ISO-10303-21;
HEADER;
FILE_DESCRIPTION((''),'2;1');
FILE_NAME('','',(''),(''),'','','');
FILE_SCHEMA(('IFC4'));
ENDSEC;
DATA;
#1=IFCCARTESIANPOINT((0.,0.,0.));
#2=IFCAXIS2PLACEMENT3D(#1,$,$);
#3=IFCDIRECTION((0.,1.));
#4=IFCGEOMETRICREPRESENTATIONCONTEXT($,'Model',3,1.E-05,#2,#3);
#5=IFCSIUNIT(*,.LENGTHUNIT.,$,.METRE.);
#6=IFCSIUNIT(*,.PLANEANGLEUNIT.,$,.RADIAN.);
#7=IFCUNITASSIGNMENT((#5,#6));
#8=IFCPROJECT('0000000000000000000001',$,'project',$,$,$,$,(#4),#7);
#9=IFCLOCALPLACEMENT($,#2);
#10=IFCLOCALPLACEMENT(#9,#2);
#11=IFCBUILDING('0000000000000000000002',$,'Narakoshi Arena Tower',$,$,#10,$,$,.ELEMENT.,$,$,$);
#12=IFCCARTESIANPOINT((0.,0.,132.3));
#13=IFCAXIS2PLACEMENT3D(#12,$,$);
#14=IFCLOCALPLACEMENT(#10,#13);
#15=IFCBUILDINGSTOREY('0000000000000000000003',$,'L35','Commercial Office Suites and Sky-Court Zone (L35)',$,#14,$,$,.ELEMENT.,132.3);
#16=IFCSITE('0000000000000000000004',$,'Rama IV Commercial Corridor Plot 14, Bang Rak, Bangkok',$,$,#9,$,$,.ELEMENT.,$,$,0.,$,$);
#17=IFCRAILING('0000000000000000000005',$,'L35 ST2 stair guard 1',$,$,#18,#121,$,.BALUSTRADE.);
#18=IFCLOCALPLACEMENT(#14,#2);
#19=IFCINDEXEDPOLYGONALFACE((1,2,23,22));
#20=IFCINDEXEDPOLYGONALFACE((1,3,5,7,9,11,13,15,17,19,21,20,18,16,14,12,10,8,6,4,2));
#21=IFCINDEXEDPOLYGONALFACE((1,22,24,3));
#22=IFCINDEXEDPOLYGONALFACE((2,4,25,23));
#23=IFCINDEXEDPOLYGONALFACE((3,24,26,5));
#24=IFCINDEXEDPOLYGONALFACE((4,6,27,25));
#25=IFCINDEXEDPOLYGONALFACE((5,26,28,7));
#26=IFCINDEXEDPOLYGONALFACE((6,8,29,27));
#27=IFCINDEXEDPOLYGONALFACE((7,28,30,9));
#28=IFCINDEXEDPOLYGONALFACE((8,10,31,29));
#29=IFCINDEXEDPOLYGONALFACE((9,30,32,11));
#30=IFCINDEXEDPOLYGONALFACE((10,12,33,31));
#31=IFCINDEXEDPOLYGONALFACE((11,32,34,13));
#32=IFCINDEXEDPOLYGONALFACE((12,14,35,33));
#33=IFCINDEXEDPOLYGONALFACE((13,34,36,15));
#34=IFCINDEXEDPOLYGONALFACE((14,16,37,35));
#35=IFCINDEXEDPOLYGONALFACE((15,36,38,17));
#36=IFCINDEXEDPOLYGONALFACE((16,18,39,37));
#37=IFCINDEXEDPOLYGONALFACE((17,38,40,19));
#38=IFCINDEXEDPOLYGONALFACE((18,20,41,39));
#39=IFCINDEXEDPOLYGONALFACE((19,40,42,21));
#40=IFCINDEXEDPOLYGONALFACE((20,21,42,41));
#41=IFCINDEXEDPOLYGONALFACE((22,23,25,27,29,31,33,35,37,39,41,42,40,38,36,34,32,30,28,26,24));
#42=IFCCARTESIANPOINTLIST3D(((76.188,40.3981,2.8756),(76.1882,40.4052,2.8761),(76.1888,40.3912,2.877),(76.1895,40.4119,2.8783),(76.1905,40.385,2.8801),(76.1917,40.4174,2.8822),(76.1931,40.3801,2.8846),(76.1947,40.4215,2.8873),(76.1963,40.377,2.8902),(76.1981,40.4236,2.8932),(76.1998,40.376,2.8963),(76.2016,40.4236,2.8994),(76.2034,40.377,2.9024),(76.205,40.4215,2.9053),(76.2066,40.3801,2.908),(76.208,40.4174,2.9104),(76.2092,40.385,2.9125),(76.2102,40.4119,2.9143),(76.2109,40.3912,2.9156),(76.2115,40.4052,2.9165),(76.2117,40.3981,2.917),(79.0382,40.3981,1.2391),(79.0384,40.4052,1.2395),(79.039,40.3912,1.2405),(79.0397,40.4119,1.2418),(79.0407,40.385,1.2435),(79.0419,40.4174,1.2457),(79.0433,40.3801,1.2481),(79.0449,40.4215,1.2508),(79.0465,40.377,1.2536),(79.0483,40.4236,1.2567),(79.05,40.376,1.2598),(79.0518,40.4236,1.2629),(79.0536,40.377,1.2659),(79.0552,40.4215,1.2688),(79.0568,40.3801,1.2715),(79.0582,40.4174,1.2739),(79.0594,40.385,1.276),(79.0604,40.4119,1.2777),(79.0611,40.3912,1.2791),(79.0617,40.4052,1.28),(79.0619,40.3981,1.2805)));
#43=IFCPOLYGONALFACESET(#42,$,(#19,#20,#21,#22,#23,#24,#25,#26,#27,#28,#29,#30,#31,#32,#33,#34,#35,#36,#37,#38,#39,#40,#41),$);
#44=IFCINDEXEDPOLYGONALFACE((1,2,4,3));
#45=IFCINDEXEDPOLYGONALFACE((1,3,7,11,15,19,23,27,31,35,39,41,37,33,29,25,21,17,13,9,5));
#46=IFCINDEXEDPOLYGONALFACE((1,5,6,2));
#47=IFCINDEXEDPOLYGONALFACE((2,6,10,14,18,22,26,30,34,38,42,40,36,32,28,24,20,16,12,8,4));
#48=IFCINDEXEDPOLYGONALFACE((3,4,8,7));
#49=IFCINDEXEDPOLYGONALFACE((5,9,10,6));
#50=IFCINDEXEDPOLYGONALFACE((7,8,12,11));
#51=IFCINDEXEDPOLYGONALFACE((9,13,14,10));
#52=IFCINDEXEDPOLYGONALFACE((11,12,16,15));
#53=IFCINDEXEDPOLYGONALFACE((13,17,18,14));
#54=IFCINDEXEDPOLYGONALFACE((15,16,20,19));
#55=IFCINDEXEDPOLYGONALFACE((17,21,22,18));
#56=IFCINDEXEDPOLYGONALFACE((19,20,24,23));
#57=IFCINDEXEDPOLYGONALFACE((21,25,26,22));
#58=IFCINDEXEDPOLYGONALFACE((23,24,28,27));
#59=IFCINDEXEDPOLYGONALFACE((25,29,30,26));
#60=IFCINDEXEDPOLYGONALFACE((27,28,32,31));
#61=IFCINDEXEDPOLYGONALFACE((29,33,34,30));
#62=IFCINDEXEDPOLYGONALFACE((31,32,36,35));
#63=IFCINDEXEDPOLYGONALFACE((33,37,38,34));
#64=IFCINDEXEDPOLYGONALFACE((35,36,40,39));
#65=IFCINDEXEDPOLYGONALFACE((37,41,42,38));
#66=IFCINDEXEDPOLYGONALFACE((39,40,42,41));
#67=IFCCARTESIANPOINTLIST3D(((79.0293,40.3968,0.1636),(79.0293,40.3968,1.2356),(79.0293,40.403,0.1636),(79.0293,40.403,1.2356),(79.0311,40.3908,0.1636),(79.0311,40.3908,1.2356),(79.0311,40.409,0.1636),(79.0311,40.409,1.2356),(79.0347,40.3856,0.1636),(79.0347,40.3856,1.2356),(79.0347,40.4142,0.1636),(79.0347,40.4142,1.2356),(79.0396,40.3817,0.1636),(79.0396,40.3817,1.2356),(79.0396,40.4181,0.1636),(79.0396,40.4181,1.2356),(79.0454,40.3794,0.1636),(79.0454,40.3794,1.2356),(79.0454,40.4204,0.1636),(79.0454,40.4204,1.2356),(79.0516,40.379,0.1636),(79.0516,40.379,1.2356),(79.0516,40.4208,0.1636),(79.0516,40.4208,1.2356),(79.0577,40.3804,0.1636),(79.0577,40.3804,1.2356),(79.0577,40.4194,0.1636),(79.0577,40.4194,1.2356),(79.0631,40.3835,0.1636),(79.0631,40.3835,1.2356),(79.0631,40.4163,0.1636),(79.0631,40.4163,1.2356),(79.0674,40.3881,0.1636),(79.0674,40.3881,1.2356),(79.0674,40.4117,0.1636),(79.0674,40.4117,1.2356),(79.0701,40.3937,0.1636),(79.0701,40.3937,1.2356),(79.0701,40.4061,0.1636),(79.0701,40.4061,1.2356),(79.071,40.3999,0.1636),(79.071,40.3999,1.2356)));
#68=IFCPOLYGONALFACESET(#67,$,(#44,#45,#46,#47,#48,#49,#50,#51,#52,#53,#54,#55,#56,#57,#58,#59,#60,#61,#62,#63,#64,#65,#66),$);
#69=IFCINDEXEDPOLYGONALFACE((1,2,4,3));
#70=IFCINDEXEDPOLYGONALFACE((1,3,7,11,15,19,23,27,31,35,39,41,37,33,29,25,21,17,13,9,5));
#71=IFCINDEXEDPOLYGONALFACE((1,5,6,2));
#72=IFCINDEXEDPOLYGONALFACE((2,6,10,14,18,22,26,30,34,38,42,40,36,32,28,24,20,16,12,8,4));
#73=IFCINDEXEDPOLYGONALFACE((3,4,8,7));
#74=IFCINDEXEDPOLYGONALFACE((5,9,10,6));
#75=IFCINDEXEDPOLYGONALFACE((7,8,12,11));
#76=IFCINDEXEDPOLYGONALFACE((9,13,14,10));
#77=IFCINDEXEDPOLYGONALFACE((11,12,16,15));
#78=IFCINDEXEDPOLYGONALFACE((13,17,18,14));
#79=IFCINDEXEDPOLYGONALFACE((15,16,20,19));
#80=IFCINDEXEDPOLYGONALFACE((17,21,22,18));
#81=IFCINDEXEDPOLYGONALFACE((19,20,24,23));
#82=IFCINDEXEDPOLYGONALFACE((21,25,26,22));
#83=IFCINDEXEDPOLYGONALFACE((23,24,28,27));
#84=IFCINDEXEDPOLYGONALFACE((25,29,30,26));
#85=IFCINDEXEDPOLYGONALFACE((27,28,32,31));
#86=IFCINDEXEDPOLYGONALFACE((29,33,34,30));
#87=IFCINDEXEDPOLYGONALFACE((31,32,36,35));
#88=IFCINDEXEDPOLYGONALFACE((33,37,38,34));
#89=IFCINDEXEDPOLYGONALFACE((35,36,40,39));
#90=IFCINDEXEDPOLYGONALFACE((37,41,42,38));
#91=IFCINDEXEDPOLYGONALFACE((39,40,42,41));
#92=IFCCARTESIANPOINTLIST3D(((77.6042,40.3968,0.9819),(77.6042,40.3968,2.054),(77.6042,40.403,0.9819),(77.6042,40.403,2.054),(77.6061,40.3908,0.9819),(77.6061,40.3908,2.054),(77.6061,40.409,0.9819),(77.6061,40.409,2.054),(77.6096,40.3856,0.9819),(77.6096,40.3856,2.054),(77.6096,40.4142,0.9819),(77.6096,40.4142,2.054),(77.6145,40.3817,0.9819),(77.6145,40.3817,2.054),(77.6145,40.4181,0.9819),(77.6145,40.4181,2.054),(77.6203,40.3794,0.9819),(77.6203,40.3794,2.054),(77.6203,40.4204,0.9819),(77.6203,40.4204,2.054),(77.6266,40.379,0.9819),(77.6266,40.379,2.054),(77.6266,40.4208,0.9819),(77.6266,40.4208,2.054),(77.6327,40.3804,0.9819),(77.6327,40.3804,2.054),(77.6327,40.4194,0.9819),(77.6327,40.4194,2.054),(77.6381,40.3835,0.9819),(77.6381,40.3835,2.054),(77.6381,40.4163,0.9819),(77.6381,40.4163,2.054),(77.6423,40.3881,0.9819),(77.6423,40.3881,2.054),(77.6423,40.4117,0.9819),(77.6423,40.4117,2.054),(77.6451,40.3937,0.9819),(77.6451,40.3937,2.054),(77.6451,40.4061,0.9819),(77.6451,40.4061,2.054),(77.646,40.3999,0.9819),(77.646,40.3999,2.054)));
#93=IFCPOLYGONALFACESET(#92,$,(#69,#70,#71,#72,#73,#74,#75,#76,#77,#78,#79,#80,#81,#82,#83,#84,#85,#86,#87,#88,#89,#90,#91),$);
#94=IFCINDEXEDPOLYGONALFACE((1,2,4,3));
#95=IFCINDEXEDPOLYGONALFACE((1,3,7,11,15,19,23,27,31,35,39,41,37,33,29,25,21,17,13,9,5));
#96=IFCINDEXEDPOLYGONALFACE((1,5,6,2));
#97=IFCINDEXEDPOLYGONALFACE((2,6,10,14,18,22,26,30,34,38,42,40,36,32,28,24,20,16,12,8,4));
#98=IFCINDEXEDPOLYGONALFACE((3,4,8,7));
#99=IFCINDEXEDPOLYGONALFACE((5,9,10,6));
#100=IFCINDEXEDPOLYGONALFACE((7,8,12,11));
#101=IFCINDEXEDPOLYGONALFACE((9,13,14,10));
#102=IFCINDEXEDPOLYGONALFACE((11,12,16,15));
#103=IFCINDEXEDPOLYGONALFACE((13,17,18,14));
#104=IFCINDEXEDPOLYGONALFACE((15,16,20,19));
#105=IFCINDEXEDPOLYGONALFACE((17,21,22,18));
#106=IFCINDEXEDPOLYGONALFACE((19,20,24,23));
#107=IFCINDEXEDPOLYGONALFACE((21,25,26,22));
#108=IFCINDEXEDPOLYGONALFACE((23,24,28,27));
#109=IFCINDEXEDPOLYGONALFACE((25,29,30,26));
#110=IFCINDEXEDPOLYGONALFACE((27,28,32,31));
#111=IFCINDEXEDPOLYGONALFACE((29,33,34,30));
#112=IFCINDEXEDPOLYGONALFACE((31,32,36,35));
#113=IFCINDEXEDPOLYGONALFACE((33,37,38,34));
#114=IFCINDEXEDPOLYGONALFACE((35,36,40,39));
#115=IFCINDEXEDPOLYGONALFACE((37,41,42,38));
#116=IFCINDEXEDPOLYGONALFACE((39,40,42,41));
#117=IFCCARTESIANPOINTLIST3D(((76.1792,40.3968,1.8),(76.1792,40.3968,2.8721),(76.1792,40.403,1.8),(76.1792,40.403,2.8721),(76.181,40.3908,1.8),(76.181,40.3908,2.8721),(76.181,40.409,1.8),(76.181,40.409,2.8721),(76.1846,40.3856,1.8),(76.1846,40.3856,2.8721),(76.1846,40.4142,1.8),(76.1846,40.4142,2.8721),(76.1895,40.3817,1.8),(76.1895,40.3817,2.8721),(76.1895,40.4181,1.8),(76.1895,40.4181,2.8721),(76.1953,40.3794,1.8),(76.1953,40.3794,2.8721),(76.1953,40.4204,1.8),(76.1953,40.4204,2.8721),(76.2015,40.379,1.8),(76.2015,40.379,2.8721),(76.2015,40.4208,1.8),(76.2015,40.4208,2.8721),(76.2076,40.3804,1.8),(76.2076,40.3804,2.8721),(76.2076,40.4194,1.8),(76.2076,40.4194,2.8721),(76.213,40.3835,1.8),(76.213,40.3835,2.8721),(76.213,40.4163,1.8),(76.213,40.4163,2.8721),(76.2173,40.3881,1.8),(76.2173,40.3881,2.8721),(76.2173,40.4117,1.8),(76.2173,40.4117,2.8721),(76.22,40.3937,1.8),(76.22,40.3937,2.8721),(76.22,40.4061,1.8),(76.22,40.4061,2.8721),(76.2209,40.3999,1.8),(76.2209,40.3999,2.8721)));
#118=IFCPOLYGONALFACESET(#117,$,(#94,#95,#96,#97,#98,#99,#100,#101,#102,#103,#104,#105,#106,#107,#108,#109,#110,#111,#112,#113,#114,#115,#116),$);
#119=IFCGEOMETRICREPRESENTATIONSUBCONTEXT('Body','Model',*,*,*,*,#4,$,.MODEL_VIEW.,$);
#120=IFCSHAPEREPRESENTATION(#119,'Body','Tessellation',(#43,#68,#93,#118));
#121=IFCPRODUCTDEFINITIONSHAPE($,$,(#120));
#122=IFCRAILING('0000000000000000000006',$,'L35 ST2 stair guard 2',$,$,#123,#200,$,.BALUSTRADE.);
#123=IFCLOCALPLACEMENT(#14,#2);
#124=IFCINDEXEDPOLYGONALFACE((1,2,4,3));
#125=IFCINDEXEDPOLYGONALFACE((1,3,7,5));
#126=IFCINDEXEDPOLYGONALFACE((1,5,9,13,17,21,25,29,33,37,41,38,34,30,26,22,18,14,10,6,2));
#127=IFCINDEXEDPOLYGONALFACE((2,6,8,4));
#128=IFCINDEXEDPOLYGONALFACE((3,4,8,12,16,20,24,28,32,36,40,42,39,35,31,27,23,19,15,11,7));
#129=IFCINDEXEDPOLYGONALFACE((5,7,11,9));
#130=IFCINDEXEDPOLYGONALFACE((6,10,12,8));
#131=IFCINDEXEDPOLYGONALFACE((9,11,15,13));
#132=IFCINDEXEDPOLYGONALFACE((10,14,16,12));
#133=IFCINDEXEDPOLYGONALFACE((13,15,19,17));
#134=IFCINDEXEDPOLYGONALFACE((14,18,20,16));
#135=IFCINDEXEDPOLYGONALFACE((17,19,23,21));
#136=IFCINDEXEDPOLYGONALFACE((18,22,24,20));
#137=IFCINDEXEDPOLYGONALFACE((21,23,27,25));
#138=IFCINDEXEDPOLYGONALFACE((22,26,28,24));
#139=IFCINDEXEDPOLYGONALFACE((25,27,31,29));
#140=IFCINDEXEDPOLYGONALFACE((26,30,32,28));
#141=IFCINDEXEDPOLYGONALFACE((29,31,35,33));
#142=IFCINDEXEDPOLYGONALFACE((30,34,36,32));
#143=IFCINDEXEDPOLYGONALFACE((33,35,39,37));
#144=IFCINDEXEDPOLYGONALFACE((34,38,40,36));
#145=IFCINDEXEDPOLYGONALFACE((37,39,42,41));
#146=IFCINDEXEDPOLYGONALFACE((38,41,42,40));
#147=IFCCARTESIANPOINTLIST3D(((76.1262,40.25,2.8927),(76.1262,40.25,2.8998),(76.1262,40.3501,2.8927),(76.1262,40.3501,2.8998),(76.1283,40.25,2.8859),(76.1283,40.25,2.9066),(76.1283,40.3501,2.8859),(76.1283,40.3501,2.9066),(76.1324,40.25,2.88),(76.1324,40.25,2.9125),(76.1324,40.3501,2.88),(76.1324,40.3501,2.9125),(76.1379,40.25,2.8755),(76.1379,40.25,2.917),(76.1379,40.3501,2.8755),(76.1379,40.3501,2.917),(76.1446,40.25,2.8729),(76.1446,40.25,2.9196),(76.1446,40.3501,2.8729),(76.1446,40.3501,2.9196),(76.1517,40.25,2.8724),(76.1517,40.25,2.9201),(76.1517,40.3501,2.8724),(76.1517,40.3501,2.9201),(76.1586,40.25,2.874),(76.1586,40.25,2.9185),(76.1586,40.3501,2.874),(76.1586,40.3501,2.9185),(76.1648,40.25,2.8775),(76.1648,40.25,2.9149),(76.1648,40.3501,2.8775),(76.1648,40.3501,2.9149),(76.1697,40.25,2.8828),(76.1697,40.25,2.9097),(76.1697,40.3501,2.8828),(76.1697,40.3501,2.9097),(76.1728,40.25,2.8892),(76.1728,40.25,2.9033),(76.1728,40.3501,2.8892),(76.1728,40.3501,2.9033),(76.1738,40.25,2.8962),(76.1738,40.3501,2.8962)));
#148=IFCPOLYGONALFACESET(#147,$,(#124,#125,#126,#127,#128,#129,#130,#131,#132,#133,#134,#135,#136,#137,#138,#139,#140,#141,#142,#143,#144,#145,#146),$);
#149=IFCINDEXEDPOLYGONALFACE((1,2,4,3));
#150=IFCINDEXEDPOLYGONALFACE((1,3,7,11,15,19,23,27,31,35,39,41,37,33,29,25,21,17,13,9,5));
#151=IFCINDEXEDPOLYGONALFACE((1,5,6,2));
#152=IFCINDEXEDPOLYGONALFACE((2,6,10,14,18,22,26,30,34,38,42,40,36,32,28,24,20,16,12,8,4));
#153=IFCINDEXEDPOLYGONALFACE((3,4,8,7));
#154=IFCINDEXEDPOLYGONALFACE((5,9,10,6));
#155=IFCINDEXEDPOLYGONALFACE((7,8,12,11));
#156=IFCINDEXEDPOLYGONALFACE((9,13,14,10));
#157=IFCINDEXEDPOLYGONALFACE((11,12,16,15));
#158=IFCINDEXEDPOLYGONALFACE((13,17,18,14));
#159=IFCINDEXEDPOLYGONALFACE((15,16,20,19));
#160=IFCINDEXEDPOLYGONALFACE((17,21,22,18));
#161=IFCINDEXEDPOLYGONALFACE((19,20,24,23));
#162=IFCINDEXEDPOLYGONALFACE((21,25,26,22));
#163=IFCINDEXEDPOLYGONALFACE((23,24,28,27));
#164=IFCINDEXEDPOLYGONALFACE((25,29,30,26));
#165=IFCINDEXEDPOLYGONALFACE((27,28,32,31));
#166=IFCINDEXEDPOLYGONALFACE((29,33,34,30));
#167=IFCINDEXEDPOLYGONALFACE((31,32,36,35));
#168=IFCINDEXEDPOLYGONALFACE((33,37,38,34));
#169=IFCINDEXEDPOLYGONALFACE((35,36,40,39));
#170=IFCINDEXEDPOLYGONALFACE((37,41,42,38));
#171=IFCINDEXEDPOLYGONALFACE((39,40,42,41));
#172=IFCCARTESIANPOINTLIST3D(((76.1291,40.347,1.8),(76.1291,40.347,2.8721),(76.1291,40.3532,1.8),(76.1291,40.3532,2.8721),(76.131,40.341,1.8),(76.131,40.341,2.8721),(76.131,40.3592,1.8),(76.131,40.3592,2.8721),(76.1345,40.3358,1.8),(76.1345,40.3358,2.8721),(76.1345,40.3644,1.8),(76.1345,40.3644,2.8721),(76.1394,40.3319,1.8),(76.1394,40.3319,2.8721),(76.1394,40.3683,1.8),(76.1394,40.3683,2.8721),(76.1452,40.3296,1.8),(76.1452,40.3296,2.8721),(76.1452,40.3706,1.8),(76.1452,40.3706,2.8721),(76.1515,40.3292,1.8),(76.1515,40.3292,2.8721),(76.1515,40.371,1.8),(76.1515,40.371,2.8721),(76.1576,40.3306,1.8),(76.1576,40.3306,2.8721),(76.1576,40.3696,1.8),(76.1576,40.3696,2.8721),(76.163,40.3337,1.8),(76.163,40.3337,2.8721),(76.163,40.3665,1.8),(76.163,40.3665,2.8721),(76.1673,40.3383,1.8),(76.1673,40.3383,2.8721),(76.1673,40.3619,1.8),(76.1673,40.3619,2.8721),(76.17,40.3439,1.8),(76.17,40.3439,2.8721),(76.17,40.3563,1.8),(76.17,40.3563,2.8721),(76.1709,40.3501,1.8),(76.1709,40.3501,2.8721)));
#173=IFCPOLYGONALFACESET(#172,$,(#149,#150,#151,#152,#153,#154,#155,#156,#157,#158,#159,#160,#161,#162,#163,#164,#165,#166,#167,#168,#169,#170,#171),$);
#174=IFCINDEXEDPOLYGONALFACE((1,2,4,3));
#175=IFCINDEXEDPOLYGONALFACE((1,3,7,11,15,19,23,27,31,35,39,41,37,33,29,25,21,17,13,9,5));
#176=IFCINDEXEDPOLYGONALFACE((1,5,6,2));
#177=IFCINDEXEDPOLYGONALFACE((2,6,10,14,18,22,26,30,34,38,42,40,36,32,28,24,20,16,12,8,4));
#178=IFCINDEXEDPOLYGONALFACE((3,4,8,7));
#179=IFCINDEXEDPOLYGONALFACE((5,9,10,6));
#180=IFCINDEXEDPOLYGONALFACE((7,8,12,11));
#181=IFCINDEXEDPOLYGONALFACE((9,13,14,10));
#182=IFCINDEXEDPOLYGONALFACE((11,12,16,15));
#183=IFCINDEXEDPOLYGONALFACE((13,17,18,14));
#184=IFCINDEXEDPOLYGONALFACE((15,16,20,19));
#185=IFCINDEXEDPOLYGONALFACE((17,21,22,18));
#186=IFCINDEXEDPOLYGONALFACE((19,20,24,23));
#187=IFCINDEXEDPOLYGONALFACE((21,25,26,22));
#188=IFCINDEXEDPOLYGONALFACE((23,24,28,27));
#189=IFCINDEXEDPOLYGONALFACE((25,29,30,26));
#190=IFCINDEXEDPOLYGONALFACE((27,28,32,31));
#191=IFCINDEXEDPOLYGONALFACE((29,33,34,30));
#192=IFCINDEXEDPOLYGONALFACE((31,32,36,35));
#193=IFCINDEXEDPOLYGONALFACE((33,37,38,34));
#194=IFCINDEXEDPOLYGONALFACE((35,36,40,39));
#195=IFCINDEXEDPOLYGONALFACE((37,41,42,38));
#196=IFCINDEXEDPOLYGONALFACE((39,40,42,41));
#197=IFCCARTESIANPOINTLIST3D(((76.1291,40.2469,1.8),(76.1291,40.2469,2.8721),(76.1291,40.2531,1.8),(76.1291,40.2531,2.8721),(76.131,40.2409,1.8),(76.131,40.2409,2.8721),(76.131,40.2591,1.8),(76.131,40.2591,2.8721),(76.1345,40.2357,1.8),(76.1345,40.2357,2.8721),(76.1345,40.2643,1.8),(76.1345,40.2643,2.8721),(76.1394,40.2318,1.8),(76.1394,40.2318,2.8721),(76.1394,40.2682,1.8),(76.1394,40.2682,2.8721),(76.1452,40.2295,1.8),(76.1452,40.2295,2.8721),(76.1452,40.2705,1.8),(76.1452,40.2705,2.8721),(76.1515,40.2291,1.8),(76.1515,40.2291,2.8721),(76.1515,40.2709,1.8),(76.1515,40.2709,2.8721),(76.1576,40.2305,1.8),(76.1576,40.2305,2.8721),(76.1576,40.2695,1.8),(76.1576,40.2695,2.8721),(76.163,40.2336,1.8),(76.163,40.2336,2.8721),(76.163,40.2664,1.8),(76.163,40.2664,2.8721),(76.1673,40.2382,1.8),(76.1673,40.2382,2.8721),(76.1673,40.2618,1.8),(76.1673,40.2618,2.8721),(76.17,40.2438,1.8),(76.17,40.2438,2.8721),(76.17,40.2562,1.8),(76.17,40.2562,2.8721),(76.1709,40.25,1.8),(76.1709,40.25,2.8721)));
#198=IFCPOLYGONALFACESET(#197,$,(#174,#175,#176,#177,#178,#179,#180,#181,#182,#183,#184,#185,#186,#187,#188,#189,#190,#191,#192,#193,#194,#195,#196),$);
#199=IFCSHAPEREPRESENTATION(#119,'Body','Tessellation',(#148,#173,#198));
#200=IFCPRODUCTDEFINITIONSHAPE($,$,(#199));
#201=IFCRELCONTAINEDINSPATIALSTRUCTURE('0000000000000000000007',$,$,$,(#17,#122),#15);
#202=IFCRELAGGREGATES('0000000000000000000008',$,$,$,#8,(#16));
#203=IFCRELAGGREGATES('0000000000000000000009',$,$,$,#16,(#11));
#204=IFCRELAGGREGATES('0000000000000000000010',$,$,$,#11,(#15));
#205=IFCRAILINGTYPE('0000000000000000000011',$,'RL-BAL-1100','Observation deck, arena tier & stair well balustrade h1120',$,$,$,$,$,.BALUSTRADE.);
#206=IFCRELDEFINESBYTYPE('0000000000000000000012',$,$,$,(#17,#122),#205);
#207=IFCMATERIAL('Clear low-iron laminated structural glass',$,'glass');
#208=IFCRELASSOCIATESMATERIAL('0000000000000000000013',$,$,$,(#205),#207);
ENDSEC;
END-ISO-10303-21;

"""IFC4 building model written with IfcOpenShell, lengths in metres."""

from ifc_helpers import new_model, si_unit, direction, frame, origin, origin_2d, place, context, subcontext, project, spatial, circle, extrude, material, type_object, element, save


model = new_model("IFC4")

# Units and contexts
model_context = context("Model", 3, precision=1e-05, world=origin(), true_north=direction((0.0, 1.0)))
body_context = subcontext(model_context, "Body", "Model", "MODEL_VIEW")
ifc_project = project(units=[si_unit("LENGTHUNIT", "METRE"), si_unit("PLANEANGLEUNIT", "RADIAN")], contexts=[model_context])

# Site, building, storey
site_placement = place(None, origin())
site = spatial("IfcSite", under=ifc_project, at=site_placement, Name="Rama IV Commercial Corridor Plot 14, Bang Rak, Bangkok", CompositionType="ELEMENT", RefElevation=0.0)
building_placement = place(site_placement, origin())
building = spatial("IfcBuilding", under=site, at=building_placement, Name="Narakoshi Arena Tower", CompositionType="ELEMENT")
storey_placement = place(building_placement, frame((0.0, 0.0, 132.3)))
storey = spatial("IfcBuildingStorey", under=building, at=storey_placement, Name="L35", Description="Commercial Office Suites and Sky-Court Zone (L35)", CompositionType="ELEMENT", Elevation=132.3)

# Railings
ifc_material_1 = material(Name="Clear low-iron laminated structural glass", Category="glass")
railing_type_1 = type_object("IfcRailingType", Name="RL-BAL-1100", Description="Observation deck, arena tier & stair well balustrade h1120", PredefinedType="BALUSTRADE", material=ifc_material_1)
railing_1_placement = place(storey_placement, frame((79.05, 40.3999, 0.1636)))
element("IfcRailing", 1, at=railing_1_placement, inside=storey, type_object=railing_type_1, Name="L35 ST2 stair guard 1", PredefinedType="BALUSTRADE", context=body_context, shape_type="SweptSolid", body=[
    extrude(circle(Radius=0.0239, at=origin_2d()), frame((0.0, 0.0, 1.0962), z_axis=(-0.867213, 0.0, 0.497938), x_axis=(0.0, -1.0, 0.0)), (0.0, 0.0, 1.0), 3.2866),
    extrude(circle(Radius=0.021, at=origin_2d()), origin(), (0.0, 0.0, 1.0), 1.072),
    extrude(circle(Radius=0.021, at=origin_2d()), frame((-1.425, 0.0, 0.8184)), (0.0, 0.0, 1.0), 1.072),
    extrude(circle(Radius=0.021, at=origin_2d()), frame((-2.8501, 0.0, 1.6365)), (0.0, 0.0, 1.0), 1.072),
])
railing_2_placement = place(storey_placement, frame((76.1499, 40.3501, 1.8)))
element("IfcRailing", 2, at=railing_2_placement, inside=storey, type_object=railing_type_1, Name="L35 ST2 stair guard 2", PredefinedType="BALUSTRADE", context=body_context, shape_type="SweptSolid", body=[
    extrude(circle(Radius=0.0239, at=origin_2d()), frame((0.0, 0.0, 1.0962), z_axis=(0.0, -1.0, 0.0), x_axis=(1.0, 0.0, 0.0)), (0.0, 0.0, 1.0), 0.1001),
    extrude(circle(Radius=0.021, at=origin_2d()), origin(), (0.0, 0.0, 1.0), 1.072),
    extrude(circle(Radius=0.021, at=origin_2d()), frame((0.0, -0.1001, 0.0)), (0.0, 0.0, 1.0), 1.072),
])

save(model, "model.ifc")
